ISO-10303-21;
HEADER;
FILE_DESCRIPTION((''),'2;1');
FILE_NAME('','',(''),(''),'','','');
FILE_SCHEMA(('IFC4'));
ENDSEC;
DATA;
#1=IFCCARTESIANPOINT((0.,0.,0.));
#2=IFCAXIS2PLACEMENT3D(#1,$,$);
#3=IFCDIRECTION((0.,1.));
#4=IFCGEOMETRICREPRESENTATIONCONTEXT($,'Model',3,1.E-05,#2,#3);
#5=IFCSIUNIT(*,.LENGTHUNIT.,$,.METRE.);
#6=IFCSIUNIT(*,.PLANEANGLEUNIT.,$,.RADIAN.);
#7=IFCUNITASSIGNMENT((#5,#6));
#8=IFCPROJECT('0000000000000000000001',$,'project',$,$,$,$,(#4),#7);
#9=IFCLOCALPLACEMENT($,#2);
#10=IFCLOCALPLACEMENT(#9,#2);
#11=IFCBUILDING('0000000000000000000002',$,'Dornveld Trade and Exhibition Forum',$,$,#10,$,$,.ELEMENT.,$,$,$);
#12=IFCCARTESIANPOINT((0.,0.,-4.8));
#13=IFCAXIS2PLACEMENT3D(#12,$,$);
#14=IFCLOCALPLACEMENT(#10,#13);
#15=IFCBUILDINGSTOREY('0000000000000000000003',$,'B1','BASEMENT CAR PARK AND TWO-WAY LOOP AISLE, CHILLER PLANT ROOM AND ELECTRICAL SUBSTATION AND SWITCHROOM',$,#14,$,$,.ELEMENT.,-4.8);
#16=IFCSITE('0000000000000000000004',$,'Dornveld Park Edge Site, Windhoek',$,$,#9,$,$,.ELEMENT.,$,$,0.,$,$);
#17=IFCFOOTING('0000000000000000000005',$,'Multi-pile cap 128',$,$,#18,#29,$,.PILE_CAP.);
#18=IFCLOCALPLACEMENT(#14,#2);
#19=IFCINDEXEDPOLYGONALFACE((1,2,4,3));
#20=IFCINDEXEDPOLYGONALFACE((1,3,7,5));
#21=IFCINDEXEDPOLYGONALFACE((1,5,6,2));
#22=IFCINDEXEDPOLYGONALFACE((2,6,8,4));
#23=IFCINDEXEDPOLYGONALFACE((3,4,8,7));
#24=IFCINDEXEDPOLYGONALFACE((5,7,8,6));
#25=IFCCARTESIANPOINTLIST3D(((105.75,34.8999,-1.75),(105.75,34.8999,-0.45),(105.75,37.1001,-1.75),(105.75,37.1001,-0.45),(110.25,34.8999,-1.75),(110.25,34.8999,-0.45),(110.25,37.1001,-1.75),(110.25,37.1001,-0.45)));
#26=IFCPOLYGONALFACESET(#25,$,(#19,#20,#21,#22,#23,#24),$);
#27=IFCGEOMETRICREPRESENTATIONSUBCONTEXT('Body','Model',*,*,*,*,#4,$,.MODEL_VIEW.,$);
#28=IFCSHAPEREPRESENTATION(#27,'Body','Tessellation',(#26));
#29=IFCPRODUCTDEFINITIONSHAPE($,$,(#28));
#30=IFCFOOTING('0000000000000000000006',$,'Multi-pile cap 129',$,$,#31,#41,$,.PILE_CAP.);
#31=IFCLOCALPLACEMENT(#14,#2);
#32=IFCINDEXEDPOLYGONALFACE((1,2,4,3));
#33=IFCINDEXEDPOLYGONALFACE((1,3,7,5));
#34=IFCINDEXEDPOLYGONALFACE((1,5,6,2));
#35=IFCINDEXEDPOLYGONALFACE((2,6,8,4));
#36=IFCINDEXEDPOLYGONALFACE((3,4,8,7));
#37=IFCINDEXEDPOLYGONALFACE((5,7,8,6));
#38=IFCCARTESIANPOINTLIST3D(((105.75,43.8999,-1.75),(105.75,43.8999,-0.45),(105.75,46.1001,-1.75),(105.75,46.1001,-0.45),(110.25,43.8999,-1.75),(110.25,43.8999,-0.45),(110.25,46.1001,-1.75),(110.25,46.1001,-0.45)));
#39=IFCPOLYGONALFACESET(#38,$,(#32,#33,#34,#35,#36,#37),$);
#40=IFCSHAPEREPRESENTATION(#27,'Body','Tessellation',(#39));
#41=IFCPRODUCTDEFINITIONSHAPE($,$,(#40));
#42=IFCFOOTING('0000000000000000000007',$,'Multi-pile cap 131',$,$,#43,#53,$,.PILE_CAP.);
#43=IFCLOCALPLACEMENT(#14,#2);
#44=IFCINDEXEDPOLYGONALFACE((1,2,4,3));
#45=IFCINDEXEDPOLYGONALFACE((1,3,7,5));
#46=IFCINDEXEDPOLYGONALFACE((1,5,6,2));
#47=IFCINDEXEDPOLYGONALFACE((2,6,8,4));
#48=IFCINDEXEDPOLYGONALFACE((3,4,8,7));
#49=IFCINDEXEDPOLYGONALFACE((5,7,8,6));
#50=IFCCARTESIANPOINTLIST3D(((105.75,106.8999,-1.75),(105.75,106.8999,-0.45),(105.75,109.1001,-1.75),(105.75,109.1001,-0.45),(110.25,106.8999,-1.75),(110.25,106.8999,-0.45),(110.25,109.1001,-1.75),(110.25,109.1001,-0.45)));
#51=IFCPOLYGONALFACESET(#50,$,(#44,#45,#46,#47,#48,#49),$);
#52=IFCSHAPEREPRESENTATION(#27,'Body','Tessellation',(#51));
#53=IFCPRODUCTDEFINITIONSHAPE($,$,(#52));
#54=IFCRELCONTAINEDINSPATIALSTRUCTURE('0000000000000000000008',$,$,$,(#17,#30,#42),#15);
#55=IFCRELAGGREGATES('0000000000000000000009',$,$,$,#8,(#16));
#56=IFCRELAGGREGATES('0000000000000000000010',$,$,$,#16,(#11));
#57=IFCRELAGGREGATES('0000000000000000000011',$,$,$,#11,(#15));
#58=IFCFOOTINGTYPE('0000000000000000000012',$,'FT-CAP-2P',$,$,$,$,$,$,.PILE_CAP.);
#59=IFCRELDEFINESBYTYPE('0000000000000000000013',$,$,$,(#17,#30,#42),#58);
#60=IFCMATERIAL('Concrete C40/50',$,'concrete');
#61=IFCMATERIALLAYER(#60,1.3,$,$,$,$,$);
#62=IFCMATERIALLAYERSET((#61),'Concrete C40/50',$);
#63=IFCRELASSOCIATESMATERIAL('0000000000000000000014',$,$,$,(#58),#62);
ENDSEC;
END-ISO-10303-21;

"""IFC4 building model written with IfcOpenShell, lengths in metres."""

from ifc_helpers import new_model, si_unit, direction, frame, origin, place, context, subcontext, project, spatial, polyline, outline, extrude, material, layer, layer_set, type_object, element, save


model = new_model("IFC4")

# Units and contexts
model_context = context("Model", 3, precision=1e-05, world=origin(), true_north=direction((0.0, 1.0)))
body_context = subcontext(model_context, "Body", "Model", "MODEL_VIEW")
ifc_project = project(units=[si_unit("LENGTHUNIT", "METRE"), si_unit("PLANEANGLEUNIT", "RADIAN")], contexts=[model_context])

# Site, building, storey
site_placement = place(None, origin())
site = spatial("IfcSite", under=ifc_project, at=site_placement, Name="Dornveld Park Edge Site, Windhoek", CompositionType="ELEMENT", RefElevation=0.0)
building_placement = place(site_placement, origin())
building = spatial("IfcBuilding", under=site, at=building_placement, Name="Dornveld Trade and Exhibition Forum", CompositionType="ELEMENT")
storey_placement = place(building_placement, frame((0.0, 0.0, -4.8)))
storey = spatial("IfcBuildingStorey", under=building, at=storey_placement, Name="B1", Description="BASEMENT CAR PARK AND TWO-WAY LOOP AISLE, CHILLER PLANT ROOM AND ELECTRICAL SUBSTATION AND SWITCHROOM", CompositionType="ELEMENT", Elevation=-4.8)

# Footings
ifc_material = material(Name="Concrete C40/50", Category="concrete")
ifc_layer = layer(ifc_material, 1.3)
ifc_layer_set = layer_set([ifc_layer], Name="Concrete C40/50")
footing_type = type_object("IfcFootingType", Name="FT-CAP-2P", PredefinedType="PILE_CAP", material=ifc_layer_set)
footing_1_placement = place(storey_placement, frame((0.0, 0.0, -1.75)))
element("IfcFooting", 1, at=footing_1_placement, inside=storey, type_object=footing_type, Name="Multi-pile cap 128", PredefinedType="PILE_CAP", context=body_context, shape_type="SweptSolid", body=[
    extrude(outline(polyline([(105.75, 34.8999), (110.25, 34.8999), (110.25, 37.1001), (105.75, 37.1001), (105.75, 34.8999)])), origin(), (0.0, 0.0, 1.0), 1.3),
])
footing_2_placement = place(storey_placement, frame((0.0, 0.0, -1.75)))
element("IfcFooting", 2, at=footing_2_placement, inside=storey, type_object=footing_type, Name="Multi-pile cap 129", PredefinedType="PILE_CAP", context=body_context, shape_type="SweptSolid", body=[
    extrude(outline(polyline([(105.75, 43.8999), (110.25, 43.8999), (110.25, 46.1001), (105.75, 46.1001), (105.75, 43.8999)])), origin(), (0.0, 0.0, 1.0), 1.3),
])
footing_3_placement = place(storey_placement, frame((0.0, 0.0, -1.75)))
element("IfcFooting", 3, at=footing_3_placement, inside=storey, type_object=footing_type, Name="Multi-pile cap 131", PredefinedType="PILE_CAP", context=body_context, shape_type="SweptSolid", body=[
    extrude(outline(polyline([(105.75, 106.8999), (110.25, 106.8999), (110.25, 109.1001), (105.75, 109.1001), (105.75, 106.8999)])), origin(), (0.0, 0.0, 1.0), 1.3),
])

save(model, "model.ifc")
